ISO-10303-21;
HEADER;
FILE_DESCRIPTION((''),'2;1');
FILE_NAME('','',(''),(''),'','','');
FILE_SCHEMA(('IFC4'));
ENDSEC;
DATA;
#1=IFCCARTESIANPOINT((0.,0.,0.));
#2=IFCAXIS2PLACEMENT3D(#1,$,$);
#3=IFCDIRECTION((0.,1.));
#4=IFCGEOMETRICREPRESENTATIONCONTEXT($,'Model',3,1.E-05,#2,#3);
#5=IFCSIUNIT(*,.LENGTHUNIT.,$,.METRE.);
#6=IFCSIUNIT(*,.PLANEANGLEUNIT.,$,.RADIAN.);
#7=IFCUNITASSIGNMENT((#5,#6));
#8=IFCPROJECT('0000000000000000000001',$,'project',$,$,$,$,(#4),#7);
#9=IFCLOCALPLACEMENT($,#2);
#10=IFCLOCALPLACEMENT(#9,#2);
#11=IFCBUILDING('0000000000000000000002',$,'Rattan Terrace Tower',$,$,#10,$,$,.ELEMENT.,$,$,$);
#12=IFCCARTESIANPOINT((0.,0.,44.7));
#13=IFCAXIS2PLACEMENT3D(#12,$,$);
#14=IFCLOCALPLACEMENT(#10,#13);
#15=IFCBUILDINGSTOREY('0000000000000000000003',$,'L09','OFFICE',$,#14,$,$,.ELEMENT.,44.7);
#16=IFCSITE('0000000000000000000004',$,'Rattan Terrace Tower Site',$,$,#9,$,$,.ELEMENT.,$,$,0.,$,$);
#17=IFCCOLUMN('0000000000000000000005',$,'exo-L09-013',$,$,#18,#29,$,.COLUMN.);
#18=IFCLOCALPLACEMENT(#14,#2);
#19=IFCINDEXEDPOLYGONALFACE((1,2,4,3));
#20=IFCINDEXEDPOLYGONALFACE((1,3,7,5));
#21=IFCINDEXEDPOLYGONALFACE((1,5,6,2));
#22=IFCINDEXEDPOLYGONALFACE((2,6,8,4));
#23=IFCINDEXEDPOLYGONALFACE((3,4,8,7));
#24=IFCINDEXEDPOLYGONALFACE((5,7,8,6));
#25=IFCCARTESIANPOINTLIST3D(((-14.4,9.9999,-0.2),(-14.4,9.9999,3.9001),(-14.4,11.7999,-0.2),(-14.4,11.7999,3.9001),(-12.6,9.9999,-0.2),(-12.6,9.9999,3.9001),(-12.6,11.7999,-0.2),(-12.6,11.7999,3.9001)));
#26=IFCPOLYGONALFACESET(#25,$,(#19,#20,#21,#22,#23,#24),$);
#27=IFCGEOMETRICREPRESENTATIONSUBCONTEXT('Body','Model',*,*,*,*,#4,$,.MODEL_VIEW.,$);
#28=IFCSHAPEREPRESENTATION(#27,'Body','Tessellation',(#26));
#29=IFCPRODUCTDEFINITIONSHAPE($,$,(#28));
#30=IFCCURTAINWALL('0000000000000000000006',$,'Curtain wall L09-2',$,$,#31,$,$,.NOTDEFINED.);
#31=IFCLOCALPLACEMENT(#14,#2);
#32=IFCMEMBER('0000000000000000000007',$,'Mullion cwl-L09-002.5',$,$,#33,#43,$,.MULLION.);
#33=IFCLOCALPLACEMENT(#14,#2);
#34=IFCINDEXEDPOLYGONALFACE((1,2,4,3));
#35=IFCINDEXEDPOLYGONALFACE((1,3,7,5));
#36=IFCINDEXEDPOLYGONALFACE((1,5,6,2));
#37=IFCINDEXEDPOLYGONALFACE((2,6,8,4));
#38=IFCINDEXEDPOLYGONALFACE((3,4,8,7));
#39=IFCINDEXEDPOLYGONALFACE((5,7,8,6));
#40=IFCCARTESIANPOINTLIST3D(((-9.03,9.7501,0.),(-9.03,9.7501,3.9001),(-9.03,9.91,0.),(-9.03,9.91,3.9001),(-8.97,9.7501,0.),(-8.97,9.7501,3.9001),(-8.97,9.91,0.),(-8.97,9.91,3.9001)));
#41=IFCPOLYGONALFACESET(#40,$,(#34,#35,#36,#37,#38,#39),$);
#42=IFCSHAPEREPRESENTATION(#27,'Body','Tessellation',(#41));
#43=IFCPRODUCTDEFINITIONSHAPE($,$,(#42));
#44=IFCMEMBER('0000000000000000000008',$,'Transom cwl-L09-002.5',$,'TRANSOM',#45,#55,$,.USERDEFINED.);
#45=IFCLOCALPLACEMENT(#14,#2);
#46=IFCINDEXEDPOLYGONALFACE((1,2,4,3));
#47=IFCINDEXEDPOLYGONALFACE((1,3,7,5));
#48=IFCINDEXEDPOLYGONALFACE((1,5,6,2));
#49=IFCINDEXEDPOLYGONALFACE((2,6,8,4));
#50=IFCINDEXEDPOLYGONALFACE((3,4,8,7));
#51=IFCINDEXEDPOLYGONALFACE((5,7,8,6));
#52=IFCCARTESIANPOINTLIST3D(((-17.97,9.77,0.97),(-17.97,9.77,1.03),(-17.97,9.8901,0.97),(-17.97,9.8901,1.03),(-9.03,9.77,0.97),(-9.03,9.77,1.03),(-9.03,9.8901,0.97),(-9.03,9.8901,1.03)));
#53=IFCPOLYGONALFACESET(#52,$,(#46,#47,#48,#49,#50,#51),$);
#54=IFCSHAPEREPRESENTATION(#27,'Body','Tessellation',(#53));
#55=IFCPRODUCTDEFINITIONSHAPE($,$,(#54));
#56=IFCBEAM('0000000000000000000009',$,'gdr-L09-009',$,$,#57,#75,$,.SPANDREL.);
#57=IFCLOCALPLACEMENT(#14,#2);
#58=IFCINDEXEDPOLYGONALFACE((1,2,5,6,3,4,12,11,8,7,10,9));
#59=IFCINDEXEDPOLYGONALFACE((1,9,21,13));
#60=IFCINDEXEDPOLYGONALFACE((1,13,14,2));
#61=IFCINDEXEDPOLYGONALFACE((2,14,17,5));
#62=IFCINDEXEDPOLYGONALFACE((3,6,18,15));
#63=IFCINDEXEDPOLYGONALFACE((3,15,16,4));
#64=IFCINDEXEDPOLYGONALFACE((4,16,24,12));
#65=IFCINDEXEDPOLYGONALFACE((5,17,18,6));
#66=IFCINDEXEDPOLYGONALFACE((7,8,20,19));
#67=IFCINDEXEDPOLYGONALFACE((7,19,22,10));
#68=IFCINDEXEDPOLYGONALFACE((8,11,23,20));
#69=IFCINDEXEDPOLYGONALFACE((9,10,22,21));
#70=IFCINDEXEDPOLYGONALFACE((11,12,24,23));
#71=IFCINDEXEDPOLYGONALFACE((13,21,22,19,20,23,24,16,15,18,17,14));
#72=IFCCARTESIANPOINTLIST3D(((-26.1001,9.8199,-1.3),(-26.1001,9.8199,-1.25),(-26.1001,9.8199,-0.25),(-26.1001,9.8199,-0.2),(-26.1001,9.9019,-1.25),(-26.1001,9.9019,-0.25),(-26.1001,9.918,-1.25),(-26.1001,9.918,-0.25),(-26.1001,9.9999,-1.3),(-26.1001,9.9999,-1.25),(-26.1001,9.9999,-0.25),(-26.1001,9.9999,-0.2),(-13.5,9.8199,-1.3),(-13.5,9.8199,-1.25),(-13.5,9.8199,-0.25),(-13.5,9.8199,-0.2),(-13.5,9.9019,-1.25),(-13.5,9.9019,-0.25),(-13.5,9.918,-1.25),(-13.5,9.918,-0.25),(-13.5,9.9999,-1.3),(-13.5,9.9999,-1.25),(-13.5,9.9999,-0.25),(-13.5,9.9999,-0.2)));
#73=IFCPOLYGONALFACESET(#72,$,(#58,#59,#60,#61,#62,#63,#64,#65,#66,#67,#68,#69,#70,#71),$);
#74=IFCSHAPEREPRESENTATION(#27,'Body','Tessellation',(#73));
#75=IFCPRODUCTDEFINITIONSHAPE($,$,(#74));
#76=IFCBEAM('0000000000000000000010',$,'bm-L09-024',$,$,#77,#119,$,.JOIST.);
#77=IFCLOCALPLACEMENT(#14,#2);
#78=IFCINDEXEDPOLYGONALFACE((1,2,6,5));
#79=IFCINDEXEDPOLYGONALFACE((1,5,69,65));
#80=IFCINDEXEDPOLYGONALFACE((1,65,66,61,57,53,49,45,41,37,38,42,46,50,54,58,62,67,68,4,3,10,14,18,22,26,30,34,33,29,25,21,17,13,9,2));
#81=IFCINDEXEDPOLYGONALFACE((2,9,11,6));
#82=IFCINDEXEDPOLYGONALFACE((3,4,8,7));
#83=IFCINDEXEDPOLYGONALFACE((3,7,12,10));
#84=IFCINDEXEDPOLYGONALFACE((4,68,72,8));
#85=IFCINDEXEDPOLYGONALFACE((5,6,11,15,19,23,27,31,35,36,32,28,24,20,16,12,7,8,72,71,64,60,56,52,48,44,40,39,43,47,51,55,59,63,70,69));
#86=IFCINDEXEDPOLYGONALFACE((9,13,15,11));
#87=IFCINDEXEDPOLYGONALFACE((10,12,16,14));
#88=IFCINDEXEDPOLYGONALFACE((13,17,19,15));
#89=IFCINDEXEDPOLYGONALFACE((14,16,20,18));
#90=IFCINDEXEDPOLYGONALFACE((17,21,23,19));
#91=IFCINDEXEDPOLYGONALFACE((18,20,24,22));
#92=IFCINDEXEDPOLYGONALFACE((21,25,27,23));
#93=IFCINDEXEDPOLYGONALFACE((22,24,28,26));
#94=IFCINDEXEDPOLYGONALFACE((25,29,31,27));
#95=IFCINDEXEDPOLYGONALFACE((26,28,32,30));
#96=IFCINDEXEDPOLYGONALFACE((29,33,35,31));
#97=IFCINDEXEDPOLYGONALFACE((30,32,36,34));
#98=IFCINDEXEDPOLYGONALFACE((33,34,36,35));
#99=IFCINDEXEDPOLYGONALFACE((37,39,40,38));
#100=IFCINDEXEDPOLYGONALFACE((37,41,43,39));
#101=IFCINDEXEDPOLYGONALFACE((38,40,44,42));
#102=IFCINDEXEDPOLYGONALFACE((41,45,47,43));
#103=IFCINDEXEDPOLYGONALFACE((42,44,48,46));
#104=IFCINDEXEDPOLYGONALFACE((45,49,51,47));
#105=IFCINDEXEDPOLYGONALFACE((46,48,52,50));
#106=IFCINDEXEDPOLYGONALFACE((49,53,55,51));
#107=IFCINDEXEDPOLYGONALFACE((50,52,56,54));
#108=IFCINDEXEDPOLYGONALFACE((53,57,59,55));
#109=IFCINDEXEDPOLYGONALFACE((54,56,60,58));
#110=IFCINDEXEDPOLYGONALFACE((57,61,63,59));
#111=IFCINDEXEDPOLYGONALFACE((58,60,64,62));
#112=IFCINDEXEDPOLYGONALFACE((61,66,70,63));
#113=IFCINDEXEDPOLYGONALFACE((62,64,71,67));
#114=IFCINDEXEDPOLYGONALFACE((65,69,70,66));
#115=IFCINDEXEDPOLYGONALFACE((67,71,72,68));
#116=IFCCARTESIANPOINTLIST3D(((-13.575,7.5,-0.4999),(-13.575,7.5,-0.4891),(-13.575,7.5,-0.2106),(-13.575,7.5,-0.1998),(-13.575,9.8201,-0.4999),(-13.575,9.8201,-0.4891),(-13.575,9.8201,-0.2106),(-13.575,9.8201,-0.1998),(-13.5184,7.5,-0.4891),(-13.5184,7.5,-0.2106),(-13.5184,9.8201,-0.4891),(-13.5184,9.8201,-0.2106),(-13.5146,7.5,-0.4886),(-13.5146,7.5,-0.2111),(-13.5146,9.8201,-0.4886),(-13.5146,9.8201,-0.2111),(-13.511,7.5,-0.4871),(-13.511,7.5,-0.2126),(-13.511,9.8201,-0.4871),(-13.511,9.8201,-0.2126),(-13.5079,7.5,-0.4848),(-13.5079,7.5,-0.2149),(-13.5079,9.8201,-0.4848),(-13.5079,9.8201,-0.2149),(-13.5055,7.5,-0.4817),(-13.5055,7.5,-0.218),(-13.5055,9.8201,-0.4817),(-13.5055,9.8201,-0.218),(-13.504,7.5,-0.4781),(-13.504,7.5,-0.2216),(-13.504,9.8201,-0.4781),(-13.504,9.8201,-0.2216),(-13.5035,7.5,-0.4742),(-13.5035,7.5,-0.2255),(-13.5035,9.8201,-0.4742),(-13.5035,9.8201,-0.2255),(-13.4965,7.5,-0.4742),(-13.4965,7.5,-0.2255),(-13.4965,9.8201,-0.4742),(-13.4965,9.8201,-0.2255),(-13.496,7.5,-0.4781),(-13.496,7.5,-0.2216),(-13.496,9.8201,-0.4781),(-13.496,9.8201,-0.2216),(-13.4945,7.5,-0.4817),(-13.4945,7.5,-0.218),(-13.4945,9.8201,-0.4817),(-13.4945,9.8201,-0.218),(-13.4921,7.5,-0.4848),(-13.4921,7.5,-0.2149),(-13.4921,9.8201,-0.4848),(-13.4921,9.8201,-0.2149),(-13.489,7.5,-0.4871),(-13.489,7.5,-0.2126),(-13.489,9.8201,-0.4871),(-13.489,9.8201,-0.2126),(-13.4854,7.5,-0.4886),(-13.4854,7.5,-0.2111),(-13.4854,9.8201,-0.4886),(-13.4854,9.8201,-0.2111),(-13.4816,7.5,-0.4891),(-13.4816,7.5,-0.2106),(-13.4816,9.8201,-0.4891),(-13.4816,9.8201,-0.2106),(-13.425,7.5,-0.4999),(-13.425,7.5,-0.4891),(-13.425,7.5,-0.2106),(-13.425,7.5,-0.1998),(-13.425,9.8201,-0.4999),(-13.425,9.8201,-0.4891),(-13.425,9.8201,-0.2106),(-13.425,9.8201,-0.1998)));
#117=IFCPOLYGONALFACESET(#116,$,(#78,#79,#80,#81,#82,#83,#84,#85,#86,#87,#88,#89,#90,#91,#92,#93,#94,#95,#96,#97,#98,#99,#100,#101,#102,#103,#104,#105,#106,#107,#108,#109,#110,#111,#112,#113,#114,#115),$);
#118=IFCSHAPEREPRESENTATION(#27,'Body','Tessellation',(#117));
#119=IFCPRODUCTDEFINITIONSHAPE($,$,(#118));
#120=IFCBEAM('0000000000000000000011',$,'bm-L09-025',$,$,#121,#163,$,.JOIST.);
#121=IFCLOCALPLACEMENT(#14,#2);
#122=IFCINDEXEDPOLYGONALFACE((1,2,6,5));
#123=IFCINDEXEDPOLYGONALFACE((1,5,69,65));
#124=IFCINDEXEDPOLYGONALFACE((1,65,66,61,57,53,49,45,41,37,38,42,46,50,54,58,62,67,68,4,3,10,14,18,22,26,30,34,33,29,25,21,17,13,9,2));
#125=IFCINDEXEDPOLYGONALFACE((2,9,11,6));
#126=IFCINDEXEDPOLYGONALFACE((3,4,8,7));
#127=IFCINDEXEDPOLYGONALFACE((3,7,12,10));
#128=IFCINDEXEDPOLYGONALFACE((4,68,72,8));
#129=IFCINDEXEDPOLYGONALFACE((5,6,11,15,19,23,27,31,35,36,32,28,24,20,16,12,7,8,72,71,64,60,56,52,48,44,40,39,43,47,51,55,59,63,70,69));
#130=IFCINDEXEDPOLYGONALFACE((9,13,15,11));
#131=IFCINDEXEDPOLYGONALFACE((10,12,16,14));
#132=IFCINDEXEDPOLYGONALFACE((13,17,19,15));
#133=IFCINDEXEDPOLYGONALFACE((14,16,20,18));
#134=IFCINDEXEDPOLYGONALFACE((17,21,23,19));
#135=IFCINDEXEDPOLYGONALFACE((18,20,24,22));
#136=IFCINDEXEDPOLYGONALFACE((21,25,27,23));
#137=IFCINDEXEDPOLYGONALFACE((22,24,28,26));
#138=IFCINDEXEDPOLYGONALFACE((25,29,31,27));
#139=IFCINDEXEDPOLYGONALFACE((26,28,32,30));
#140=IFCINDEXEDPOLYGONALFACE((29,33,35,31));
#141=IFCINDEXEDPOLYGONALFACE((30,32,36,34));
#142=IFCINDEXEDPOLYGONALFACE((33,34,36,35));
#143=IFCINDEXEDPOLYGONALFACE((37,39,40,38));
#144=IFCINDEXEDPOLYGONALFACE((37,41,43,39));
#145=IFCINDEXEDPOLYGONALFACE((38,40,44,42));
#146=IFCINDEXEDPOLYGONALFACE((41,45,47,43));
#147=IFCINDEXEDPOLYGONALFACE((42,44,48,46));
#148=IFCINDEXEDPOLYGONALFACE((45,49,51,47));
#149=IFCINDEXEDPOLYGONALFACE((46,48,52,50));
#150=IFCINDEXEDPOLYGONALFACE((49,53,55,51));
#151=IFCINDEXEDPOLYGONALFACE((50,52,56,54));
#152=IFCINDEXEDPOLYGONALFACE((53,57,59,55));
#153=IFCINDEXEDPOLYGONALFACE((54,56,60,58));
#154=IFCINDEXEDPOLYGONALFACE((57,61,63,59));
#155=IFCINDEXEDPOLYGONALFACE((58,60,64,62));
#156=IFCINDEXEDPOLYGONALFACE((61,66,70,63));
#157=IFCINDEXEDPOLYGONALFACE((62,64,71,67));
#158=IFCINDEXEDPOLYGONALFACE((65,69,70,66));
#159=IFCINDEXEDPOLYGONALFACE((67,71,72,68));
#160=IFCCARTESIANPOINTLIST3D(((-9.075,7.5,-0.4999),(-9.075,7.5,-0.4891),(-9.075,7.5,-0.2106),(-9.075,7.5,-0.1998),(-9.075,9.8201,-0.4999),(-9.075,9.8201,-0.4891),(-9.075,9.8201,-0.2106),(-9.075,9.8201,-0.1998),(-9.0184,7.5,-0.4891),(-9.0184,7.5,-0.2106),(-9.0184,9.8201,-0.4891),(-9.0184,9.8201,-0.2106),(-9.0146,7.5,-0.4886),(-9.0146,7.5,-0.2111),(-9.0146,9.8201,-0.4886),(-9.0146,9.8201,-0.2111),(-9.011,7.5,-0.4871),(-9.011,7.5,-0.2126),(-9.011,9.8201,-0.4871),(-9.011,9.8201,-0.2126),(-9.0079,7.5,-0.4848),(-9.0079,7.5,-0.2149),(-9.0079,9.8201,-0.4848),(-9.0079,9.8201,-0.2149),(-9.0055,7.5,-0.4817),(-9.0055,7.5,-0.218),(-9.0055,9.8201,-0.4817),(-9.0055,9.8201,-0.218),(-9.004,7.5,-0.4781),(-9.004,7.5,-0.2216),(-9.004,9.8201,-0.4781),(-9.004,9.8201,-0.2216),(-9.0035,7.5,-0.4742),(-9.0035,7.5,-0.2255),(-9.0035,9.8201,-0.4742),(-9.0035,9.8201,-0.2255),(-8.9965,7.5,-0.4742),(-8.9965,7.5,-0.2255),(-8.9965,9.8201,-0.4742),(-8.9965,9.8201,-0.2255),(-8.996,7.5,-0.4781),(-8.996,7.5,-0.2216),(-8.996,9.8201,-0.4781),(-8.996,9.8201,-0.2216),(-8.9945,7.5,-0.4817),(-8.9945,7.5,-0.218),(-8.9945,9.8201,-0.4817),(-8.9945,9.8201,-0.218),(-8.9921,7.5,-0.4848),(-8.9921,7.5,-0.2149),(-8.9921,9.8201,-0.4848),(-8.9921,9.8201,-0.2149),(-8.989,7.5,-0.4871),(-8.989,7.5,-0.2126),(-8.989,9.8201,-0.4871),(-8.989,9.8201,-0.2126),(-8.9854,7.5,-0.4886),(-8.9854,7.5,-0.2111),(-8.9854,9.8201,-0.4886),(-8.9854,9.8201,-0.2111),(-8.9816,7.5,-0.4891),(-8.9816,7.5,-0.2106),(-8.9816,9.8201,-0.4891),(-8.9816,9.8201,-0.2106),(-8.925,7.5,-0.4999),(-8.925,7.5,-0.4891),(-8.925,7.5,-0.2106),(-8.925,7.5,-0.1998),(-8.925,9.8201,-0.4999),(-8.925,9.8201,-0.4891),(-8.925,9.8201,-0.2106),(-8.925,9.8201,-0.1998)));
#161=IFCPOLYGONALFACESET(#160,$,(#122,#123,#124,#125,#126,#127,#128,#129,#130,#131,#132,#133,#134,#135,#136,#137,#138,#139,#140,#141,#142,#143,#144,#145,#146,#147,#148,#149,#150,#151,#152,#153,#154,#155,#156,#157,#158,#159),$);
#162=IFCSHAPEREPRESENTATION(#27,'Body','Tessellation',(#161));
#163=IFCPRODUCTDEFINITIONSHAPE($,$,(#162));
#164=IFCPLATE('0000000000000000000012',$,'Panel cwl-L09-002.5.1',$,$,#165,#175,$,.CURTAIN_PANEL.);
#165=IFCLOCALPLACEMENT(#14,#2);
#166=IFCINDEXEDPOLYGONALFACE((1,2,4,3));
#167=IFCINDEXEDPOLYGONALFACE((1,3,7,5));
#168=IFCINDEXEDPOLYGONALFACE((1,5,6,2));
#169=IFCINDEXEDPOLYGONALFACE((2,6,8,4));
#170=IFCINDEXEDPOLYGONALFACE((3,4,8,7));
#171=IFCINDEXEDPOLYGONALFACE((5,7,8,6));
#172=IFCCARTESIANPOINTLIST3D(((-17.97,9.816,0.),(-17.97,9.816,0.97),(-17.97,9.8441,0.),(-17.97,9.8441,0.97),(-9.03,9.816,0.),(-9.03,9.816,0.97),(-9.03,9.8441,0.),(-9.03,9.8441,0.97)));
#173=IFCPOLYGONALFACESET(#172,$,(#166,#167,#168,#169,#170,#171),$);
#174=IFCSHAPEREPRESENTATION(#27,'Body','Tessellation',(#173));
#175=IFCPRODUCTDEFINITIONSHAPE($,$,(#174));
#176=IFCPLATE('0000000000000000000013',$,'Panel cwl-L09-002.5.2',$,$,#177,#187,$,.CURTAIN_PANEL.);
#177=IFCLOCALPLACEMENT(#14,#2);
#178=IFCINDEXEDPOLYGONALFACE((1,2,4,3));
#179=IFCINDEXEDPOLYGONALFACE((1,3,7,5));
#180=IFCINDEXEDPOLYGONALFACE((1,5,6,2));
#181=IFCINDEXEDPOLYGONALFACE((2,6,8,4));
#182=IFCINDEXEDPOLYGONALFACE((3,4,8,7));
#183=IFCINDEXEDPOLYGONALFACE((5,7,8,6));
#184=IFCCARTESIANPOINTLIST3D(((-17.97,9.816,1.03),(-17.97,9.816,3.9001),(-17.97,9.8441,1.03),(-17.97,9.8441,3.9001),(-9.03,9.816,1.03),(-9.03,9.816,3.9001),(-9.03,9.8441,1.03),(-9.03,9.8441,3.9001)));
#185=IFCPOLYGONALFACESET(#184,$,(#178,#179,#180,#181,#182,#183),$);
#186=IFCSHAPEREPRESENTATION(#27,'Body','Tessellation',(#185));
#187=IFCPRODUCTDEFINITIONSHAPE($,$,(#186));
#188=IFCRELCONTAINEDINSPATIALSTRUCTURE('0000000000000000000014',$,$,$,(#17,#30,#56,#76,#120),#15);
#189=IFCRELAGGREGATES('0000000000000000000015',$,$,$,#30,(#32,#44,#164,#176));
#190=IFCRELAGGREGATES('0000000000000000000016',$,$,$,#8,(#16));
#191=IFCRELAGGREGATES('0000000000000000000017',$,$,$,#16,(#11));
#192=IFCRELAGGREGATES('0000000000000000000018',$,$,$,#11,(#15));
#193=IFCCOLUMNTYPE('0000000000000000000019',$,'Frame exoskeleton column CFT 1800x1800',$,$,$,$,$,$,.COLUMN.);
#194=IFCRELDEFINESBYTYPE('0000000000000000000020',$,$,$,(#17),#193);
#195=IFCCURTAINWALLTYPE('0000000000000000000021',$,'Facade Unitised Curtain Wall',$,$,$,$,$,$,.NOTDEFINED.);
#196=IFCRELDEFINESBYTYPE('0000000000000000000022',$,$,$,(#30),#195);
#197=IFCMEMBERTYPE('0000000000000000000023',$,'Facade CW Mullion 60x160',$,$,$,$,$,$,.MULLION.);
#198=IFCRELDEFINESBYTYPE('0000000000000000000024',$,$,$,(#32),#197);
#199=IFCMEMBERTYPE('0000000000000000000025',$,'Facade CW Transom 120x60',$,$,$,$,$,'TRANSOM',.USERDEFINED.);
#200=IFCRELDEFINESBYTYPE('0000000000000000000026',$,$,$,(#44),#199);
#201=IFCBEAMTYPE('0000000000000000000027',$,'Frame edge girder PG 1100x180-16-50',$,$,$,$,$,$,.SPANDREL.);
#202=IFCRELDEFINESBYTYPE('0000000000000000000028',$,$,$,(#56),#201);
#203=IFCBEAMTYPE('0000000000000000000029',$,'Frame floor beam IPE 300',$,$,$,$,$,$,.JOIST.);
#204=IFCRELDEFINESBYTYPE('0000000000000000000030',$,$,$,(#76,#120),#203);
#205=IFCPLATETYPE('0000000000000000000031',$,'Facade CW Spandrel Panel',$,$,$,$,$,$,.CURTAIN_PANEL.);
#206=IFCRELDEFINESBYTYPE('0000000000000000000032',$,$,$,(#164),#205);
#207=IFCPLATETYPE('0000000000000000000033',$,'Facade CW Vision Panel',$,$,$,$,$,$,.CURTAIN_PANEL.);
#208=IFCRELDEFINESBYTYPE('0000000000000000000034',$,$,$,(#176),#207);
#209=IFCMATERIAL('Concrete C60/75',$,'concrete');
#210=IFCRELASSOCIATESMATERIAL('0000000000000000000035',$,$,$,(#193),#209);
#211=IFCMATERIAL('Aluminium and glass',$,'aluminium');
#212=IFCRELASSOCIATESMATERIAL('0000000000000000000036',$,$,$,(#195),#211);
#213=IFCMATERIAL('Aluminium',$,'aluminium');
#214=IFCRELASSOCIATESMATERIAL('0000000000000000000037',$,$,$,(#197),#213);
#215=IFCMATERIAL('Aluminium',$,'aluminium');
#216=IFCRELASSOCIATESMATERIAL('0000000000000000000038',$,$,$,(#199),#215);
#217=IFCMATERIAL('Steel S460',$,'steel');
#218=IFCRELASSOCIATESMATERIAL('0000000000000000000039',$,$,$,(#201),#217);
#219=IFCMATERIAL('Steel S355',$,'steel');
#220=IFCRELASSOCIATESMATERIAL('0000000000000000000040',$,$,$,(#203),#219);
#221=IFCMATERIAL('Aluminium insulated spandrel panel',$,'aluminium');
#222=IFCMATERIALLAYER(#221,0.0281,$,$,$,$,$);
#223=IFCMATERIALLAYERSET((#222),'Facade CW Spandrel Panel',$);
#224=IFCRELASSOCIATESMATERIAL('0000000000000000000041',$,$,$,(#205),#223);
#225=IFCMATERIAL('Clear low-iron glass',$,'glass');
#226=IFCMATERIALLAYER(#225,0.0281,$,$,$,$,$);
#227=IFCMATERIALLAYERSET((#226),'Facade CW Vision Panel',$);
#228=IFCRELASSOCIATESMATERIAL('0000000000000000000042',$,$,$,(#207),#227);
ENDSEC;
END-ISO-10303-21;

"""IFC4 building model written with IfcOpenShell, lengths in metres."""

from ifc_helpers import new_model, si_unit, direction, frame, origin, origin_2d, place, context, subcontext, project, spatial, rectangle, i_section, extrude, material, layer, layer_set, material_profile, profile_set, type_object, element, aggregate, save


model = new_model("IFC4")

# Units and contexts
model_context = context("Model", 3, precision=1e-05, world=origin(), true_north=direction((0.0, 1.0)))
body_context = subcontext(model_context, "Body", "Model", "MODEL_VIEW")
ifc_project = project(units=[si_unit("LENGTHUNIT", "METRE"), si_unit("PLANEANGLEUNIT", "RADIAN")], contexts=[model_context])

# Site, building, storey
site_placement = place(None, origin())
site = spatial("IfcSite", under=ifc_project, at=site_placement, Name="Rattan Terrace Tower Site", CompositionType="ELEMENT", RefElevation=0.0)
building_placement = place(site_placement, origin())
building = spatial("IfcBuilding", under=site, at=building_placement, Name="Rattan Terrace Tower", CompositionType="ELEMENT")
storey_placement = place(building_placement, frame((0.0, 0.0, 44.7)))
storey = spatial("IfcBuildingStorey", under=building, at=storey_placement, Name="L09", Description="OFFICE", CompositionType="ELEMENT", Elevation=44.7)

# Column
ifc_material_1 = material(Name="Concrete C60/75", Category="concrete")
ifc_material_profile_1 = material_profile(ifc_material_1, rectangle(XDim=1.8, YDim=1.8, at=origin_2d()), Name="CFT 1800x1800")
ifc_profile_set_1 = profile_set([ifc_material_profile_1], Name="Concrete C60/75")
column_type = type_object("IfcColumnType", Name="Frame exoskeleton column CFT 1800x1800", PredefinedType="COLUMN", material=ifc_profile_set_1)
column_placement = place(storey_placement, frame((-13.5, 10.8999, -0.2), z_axis=(0.0, 0.0, 1.0), x_axis=(1.0, 0.0, 0.0)))
element("IfcColumn", 1, at=column_placement, inside=storey, type_object=column_type, Name="exo-L09-013", PredefinedType="COLUMN", context=body_context, shape_type="SweptSolid", body=[
    extrude(rectangle(XDim=1.8, YDim=1.8, at=origin_2d()), origin(), (0.0, 0.0, 1.0), 4.1001),
])

# Curtain wall, members
ifc_material_2 = material(Name="Aluminium and glass", Category="aluminium")
curtain_wall_type = type_object("IfcCurtainWallType", Name="Facade Unitised Curtain Wall", PredefinedType="NOTDEFINED", material=ifc_material_2)
curtain_wall_placement = place(storey_placement, origin())
curtain_wall = element("IfcCurtainWall", 2, at=curtain_wall_placement, inside=storey, type_object=curtain_wall_type, Name="Curtain wall L09-2", PredefinedType="NOTDEFINED")
ifc_material_3 = material(Name="Aluminium", Category="aluminium")
ifc_material_profile_2 = material_profile(ifc_material_3, rectangle(XDim=0.0601, YDim=0.1599, at=origin_2d()), Name="Aluminium 60x160")
ifc_profile_set_2 = profile_set([ifc_material_profile_2], Name="Aluminium")
member_type_1 = type_object("IfcMemberType", Name="Facade CW Mullion 60x160", PredefinedType="MULLION", material=ifc_profile_set_2)
member_1_placement = place(storey_placement, frame((-9.0, 9.8301, 0.0), z_axis=(0.0, 0.0, 1.0), x_axis=(-1.0, 0.0, 0.0)))
member_1 = element("IfcMember", 3, at=member_1_placement, type_object=member_type_1, Name="Mullion cwl-L09-002.5", PredefinedType="MULLION", context=body_context, shape_type="SweptSolid", body=[
    extrude(rectangle(XDim=0.0601, YDim=0.1599, at=origin_2d()), origin(), (0.0, 0.0, 1.0), 3.9001),
])
ifc_material_4 = material(Name="Aluminium", Category="aluminium")
ifc_material_profile_3 = material_profile(ifc_material_4, rectangle(XDim=0.1201, YDim=0.0601, at=origin_2d()), Name="Aluminium 120x60")
ifc_profile_set_3 = profile_set([ifc_material_profile_3], Name="Aluminium")
member_type_2 = type_object("IfcMemberType", Name="Facade CW Transom 120x60", ElementType="TRANSOM", PredefinedType="USERDEFINED", material=ifc_profile_set_3)
member_2_placement = place(storey_placement, frame((-9.03, 9.8301, 1.0), z_axis=(-1.0, 0.0, 0.0), x_axis=(0.0, -1.0, 0.0)))
member_2 = element("IfcMember", 4, at=member_2_placement, type_object=member_type_2, Name="Transom cwl-L09-002.5", ObjectType="TRANSOM", PredefinedType="USERDEFINED", context=body_context, shape_type="SweptSolid", body=[
    extrude(rectangle(XDim=0.1201, YDim=0.0601, at=origin_2d()), origin(), (0.0, 0.0, 1.0), 8.9399),
])

# Beams
ifc_material_5 = material(Name="Steel S460", Category="steel")
ifc_material_profile_4 = material_profile(ifc_material_5, i_section(OverallWidth=0.1799, OverallDepth=1.1001, WebThickness=0.0161, FlangeThickness=0.05, at=origin_2d()), Name="PG 1100x180-16-50")
ifc_profile_set_4 = profile_set([ifc_material_profile_4], Name="Steel S460")
beam_type_1 = type_object("IfcBeamType", Name="Frame edge girder PG 1100x180-16-50", PredefinedType="SPANDREL", material=ifc_profile_set_4)
beam_placement = place(storey_placement, frame((-13.5, 9.9099, -0.75), z_axis=(-1.0, 0.0, 0.0), x_axis=(0.0, -1.0, 0.0)))
element("IfcBeam", 5, at=beam_placement, inside=storey, type_object=beam_type_1, Name="gdr-L09-009", PredefinedType="SPANDREL", context=body_context, shape_type="SweptSolid", body=[
    extrude(i_section(OverallWidth=0.1799, OverallDepth=1.1001, WebThickness=0.0161, FlangeThickness=0.05, at=origin_2d()), origin(), (0.0, 0.0, 1.0), 12.6001),
])
ifc_material_6 = material(Name="Steel S355", Category="steel")
ifc_material_profile_5 = material_profile(ifc_material_6, i_section(OverallWidth=0.1499, OverallDepth=0.3, WebThickness=0.0071, FlangeThickness=0.0107, FilletRadius=0.0149, at=origin_2d()), Name="IPE 300")
ifc_profile_set_5 = profile_set([ifc_material_profile_5], Name="Steel S355")
beam_type_2 = type_object("IfcBeamType", Name="Frame floor beam IPE 300", PredefinedType="JOIST", material=ifc_profile_set_5)
for number, where, z_axis, x_axis, name in (
    (6, (-13.5, 7.5, -0.3499), (0.0, 1.0, 0.0), (-1.0, 0.0, 0.0), "bm-L09-024"),
    (7, (-9.0, 7.5, -0.3499), (0.0, 1.0, 0.0), (-1.0, 0.0, 0.0), "bm-L09-025"),
):
    element("IfcBeam", number, at=place(storey_placement, frame(where, z_axis=z_axis, x_axis=x_axis)), inside=storey, type_object=beam_type_2, Name=name, PredefinedType="JOIST", context=body_context, shape_type="SweptSolid", body=[
        extrude(i_section(OverallWidth=0.1499, OverallDepth=0.3, WebThickness=0.0071, FlangeThickness=0.0107, FilletRadius=0.0149, at=origin_2d()), origin(), (0.0, 0.0, 1.0), 2.3201),
    ])

# Plates
ifc_material_7 = material(Name="Aluminium insulated spandrel panel", Category="aluminium")
ifc_layer_1 = layer(ifc_material_7, 0.0281)
ifc_layer_set_1 = layer_set([ifc_layer_1], Name="Facade CW Spandrel Panel")
plate_type_1 = type_object("IfcPlateType", Name="Facade CW Spandrel Panel", PredefinedType="CURTAIN_PANEL", material=ifc_layer_set_1)
plate_1_placement = place(storey_placement, frame((-13.5, 9.8301, 0.0), z_axis=(0.0, 0.0, 1.0), x_axis=(-1.0, 0.0, 0.0)))
plate_1 = element("IfcPlate", 8, at=plate_1_placement, type_object=plate_type_1, Name="Panel cwl-L09-002.5.1", PredefinedType="CURTAIN_PANEL", context=body_context, shape_type="SweptSolid", body=[
    extrude(rectangle(XDim=8.9399, YDim=0.0281, at=origin_2d()), origin(), (0.0, 0.0, 1.0), 0.97),
])
ifc_material_8 = material(Name="Clear low-iron glass", Category="glass")
ifc_layer_2 = layer(ifc_material_8, 0.0281)
ifc_layer_set_2 = layer_set([ifc_layer_2], Name="Facade CW Vision Panel")
plate_type_2 = type_object("IfcPlateType", Name="Facade CW Vision Panel", PredefinedType="CURTAIN_PANEL", material=ifc_layer_set_2)
plate_2_placement = place(storey_placement, frame((-13.5, 9.8301, 1.03), z_axis=(0.0, 0.0, 1.0), x_axis=(-1.0, 0.0, 0.0)))
plate_2 = element("IfcPlate", 9, at=plate_2_placement, type_object=plate_type_2, Name="Panel cwl-L09-002.5.2", PredefinedType="CURTAIN_PANEL", context=body_context, shape_type="SweptSolid", body=[
    extrude(rectangle(XDim=8.9399, YDim=0.0281, at=origin_2d()), origin(), (0.0, 0.0, 1.0), 2.8701),
])
aggregate(curtain_wall, [member_1, member_2, plate_1, plate_2])

save(model, "model.ifc")
